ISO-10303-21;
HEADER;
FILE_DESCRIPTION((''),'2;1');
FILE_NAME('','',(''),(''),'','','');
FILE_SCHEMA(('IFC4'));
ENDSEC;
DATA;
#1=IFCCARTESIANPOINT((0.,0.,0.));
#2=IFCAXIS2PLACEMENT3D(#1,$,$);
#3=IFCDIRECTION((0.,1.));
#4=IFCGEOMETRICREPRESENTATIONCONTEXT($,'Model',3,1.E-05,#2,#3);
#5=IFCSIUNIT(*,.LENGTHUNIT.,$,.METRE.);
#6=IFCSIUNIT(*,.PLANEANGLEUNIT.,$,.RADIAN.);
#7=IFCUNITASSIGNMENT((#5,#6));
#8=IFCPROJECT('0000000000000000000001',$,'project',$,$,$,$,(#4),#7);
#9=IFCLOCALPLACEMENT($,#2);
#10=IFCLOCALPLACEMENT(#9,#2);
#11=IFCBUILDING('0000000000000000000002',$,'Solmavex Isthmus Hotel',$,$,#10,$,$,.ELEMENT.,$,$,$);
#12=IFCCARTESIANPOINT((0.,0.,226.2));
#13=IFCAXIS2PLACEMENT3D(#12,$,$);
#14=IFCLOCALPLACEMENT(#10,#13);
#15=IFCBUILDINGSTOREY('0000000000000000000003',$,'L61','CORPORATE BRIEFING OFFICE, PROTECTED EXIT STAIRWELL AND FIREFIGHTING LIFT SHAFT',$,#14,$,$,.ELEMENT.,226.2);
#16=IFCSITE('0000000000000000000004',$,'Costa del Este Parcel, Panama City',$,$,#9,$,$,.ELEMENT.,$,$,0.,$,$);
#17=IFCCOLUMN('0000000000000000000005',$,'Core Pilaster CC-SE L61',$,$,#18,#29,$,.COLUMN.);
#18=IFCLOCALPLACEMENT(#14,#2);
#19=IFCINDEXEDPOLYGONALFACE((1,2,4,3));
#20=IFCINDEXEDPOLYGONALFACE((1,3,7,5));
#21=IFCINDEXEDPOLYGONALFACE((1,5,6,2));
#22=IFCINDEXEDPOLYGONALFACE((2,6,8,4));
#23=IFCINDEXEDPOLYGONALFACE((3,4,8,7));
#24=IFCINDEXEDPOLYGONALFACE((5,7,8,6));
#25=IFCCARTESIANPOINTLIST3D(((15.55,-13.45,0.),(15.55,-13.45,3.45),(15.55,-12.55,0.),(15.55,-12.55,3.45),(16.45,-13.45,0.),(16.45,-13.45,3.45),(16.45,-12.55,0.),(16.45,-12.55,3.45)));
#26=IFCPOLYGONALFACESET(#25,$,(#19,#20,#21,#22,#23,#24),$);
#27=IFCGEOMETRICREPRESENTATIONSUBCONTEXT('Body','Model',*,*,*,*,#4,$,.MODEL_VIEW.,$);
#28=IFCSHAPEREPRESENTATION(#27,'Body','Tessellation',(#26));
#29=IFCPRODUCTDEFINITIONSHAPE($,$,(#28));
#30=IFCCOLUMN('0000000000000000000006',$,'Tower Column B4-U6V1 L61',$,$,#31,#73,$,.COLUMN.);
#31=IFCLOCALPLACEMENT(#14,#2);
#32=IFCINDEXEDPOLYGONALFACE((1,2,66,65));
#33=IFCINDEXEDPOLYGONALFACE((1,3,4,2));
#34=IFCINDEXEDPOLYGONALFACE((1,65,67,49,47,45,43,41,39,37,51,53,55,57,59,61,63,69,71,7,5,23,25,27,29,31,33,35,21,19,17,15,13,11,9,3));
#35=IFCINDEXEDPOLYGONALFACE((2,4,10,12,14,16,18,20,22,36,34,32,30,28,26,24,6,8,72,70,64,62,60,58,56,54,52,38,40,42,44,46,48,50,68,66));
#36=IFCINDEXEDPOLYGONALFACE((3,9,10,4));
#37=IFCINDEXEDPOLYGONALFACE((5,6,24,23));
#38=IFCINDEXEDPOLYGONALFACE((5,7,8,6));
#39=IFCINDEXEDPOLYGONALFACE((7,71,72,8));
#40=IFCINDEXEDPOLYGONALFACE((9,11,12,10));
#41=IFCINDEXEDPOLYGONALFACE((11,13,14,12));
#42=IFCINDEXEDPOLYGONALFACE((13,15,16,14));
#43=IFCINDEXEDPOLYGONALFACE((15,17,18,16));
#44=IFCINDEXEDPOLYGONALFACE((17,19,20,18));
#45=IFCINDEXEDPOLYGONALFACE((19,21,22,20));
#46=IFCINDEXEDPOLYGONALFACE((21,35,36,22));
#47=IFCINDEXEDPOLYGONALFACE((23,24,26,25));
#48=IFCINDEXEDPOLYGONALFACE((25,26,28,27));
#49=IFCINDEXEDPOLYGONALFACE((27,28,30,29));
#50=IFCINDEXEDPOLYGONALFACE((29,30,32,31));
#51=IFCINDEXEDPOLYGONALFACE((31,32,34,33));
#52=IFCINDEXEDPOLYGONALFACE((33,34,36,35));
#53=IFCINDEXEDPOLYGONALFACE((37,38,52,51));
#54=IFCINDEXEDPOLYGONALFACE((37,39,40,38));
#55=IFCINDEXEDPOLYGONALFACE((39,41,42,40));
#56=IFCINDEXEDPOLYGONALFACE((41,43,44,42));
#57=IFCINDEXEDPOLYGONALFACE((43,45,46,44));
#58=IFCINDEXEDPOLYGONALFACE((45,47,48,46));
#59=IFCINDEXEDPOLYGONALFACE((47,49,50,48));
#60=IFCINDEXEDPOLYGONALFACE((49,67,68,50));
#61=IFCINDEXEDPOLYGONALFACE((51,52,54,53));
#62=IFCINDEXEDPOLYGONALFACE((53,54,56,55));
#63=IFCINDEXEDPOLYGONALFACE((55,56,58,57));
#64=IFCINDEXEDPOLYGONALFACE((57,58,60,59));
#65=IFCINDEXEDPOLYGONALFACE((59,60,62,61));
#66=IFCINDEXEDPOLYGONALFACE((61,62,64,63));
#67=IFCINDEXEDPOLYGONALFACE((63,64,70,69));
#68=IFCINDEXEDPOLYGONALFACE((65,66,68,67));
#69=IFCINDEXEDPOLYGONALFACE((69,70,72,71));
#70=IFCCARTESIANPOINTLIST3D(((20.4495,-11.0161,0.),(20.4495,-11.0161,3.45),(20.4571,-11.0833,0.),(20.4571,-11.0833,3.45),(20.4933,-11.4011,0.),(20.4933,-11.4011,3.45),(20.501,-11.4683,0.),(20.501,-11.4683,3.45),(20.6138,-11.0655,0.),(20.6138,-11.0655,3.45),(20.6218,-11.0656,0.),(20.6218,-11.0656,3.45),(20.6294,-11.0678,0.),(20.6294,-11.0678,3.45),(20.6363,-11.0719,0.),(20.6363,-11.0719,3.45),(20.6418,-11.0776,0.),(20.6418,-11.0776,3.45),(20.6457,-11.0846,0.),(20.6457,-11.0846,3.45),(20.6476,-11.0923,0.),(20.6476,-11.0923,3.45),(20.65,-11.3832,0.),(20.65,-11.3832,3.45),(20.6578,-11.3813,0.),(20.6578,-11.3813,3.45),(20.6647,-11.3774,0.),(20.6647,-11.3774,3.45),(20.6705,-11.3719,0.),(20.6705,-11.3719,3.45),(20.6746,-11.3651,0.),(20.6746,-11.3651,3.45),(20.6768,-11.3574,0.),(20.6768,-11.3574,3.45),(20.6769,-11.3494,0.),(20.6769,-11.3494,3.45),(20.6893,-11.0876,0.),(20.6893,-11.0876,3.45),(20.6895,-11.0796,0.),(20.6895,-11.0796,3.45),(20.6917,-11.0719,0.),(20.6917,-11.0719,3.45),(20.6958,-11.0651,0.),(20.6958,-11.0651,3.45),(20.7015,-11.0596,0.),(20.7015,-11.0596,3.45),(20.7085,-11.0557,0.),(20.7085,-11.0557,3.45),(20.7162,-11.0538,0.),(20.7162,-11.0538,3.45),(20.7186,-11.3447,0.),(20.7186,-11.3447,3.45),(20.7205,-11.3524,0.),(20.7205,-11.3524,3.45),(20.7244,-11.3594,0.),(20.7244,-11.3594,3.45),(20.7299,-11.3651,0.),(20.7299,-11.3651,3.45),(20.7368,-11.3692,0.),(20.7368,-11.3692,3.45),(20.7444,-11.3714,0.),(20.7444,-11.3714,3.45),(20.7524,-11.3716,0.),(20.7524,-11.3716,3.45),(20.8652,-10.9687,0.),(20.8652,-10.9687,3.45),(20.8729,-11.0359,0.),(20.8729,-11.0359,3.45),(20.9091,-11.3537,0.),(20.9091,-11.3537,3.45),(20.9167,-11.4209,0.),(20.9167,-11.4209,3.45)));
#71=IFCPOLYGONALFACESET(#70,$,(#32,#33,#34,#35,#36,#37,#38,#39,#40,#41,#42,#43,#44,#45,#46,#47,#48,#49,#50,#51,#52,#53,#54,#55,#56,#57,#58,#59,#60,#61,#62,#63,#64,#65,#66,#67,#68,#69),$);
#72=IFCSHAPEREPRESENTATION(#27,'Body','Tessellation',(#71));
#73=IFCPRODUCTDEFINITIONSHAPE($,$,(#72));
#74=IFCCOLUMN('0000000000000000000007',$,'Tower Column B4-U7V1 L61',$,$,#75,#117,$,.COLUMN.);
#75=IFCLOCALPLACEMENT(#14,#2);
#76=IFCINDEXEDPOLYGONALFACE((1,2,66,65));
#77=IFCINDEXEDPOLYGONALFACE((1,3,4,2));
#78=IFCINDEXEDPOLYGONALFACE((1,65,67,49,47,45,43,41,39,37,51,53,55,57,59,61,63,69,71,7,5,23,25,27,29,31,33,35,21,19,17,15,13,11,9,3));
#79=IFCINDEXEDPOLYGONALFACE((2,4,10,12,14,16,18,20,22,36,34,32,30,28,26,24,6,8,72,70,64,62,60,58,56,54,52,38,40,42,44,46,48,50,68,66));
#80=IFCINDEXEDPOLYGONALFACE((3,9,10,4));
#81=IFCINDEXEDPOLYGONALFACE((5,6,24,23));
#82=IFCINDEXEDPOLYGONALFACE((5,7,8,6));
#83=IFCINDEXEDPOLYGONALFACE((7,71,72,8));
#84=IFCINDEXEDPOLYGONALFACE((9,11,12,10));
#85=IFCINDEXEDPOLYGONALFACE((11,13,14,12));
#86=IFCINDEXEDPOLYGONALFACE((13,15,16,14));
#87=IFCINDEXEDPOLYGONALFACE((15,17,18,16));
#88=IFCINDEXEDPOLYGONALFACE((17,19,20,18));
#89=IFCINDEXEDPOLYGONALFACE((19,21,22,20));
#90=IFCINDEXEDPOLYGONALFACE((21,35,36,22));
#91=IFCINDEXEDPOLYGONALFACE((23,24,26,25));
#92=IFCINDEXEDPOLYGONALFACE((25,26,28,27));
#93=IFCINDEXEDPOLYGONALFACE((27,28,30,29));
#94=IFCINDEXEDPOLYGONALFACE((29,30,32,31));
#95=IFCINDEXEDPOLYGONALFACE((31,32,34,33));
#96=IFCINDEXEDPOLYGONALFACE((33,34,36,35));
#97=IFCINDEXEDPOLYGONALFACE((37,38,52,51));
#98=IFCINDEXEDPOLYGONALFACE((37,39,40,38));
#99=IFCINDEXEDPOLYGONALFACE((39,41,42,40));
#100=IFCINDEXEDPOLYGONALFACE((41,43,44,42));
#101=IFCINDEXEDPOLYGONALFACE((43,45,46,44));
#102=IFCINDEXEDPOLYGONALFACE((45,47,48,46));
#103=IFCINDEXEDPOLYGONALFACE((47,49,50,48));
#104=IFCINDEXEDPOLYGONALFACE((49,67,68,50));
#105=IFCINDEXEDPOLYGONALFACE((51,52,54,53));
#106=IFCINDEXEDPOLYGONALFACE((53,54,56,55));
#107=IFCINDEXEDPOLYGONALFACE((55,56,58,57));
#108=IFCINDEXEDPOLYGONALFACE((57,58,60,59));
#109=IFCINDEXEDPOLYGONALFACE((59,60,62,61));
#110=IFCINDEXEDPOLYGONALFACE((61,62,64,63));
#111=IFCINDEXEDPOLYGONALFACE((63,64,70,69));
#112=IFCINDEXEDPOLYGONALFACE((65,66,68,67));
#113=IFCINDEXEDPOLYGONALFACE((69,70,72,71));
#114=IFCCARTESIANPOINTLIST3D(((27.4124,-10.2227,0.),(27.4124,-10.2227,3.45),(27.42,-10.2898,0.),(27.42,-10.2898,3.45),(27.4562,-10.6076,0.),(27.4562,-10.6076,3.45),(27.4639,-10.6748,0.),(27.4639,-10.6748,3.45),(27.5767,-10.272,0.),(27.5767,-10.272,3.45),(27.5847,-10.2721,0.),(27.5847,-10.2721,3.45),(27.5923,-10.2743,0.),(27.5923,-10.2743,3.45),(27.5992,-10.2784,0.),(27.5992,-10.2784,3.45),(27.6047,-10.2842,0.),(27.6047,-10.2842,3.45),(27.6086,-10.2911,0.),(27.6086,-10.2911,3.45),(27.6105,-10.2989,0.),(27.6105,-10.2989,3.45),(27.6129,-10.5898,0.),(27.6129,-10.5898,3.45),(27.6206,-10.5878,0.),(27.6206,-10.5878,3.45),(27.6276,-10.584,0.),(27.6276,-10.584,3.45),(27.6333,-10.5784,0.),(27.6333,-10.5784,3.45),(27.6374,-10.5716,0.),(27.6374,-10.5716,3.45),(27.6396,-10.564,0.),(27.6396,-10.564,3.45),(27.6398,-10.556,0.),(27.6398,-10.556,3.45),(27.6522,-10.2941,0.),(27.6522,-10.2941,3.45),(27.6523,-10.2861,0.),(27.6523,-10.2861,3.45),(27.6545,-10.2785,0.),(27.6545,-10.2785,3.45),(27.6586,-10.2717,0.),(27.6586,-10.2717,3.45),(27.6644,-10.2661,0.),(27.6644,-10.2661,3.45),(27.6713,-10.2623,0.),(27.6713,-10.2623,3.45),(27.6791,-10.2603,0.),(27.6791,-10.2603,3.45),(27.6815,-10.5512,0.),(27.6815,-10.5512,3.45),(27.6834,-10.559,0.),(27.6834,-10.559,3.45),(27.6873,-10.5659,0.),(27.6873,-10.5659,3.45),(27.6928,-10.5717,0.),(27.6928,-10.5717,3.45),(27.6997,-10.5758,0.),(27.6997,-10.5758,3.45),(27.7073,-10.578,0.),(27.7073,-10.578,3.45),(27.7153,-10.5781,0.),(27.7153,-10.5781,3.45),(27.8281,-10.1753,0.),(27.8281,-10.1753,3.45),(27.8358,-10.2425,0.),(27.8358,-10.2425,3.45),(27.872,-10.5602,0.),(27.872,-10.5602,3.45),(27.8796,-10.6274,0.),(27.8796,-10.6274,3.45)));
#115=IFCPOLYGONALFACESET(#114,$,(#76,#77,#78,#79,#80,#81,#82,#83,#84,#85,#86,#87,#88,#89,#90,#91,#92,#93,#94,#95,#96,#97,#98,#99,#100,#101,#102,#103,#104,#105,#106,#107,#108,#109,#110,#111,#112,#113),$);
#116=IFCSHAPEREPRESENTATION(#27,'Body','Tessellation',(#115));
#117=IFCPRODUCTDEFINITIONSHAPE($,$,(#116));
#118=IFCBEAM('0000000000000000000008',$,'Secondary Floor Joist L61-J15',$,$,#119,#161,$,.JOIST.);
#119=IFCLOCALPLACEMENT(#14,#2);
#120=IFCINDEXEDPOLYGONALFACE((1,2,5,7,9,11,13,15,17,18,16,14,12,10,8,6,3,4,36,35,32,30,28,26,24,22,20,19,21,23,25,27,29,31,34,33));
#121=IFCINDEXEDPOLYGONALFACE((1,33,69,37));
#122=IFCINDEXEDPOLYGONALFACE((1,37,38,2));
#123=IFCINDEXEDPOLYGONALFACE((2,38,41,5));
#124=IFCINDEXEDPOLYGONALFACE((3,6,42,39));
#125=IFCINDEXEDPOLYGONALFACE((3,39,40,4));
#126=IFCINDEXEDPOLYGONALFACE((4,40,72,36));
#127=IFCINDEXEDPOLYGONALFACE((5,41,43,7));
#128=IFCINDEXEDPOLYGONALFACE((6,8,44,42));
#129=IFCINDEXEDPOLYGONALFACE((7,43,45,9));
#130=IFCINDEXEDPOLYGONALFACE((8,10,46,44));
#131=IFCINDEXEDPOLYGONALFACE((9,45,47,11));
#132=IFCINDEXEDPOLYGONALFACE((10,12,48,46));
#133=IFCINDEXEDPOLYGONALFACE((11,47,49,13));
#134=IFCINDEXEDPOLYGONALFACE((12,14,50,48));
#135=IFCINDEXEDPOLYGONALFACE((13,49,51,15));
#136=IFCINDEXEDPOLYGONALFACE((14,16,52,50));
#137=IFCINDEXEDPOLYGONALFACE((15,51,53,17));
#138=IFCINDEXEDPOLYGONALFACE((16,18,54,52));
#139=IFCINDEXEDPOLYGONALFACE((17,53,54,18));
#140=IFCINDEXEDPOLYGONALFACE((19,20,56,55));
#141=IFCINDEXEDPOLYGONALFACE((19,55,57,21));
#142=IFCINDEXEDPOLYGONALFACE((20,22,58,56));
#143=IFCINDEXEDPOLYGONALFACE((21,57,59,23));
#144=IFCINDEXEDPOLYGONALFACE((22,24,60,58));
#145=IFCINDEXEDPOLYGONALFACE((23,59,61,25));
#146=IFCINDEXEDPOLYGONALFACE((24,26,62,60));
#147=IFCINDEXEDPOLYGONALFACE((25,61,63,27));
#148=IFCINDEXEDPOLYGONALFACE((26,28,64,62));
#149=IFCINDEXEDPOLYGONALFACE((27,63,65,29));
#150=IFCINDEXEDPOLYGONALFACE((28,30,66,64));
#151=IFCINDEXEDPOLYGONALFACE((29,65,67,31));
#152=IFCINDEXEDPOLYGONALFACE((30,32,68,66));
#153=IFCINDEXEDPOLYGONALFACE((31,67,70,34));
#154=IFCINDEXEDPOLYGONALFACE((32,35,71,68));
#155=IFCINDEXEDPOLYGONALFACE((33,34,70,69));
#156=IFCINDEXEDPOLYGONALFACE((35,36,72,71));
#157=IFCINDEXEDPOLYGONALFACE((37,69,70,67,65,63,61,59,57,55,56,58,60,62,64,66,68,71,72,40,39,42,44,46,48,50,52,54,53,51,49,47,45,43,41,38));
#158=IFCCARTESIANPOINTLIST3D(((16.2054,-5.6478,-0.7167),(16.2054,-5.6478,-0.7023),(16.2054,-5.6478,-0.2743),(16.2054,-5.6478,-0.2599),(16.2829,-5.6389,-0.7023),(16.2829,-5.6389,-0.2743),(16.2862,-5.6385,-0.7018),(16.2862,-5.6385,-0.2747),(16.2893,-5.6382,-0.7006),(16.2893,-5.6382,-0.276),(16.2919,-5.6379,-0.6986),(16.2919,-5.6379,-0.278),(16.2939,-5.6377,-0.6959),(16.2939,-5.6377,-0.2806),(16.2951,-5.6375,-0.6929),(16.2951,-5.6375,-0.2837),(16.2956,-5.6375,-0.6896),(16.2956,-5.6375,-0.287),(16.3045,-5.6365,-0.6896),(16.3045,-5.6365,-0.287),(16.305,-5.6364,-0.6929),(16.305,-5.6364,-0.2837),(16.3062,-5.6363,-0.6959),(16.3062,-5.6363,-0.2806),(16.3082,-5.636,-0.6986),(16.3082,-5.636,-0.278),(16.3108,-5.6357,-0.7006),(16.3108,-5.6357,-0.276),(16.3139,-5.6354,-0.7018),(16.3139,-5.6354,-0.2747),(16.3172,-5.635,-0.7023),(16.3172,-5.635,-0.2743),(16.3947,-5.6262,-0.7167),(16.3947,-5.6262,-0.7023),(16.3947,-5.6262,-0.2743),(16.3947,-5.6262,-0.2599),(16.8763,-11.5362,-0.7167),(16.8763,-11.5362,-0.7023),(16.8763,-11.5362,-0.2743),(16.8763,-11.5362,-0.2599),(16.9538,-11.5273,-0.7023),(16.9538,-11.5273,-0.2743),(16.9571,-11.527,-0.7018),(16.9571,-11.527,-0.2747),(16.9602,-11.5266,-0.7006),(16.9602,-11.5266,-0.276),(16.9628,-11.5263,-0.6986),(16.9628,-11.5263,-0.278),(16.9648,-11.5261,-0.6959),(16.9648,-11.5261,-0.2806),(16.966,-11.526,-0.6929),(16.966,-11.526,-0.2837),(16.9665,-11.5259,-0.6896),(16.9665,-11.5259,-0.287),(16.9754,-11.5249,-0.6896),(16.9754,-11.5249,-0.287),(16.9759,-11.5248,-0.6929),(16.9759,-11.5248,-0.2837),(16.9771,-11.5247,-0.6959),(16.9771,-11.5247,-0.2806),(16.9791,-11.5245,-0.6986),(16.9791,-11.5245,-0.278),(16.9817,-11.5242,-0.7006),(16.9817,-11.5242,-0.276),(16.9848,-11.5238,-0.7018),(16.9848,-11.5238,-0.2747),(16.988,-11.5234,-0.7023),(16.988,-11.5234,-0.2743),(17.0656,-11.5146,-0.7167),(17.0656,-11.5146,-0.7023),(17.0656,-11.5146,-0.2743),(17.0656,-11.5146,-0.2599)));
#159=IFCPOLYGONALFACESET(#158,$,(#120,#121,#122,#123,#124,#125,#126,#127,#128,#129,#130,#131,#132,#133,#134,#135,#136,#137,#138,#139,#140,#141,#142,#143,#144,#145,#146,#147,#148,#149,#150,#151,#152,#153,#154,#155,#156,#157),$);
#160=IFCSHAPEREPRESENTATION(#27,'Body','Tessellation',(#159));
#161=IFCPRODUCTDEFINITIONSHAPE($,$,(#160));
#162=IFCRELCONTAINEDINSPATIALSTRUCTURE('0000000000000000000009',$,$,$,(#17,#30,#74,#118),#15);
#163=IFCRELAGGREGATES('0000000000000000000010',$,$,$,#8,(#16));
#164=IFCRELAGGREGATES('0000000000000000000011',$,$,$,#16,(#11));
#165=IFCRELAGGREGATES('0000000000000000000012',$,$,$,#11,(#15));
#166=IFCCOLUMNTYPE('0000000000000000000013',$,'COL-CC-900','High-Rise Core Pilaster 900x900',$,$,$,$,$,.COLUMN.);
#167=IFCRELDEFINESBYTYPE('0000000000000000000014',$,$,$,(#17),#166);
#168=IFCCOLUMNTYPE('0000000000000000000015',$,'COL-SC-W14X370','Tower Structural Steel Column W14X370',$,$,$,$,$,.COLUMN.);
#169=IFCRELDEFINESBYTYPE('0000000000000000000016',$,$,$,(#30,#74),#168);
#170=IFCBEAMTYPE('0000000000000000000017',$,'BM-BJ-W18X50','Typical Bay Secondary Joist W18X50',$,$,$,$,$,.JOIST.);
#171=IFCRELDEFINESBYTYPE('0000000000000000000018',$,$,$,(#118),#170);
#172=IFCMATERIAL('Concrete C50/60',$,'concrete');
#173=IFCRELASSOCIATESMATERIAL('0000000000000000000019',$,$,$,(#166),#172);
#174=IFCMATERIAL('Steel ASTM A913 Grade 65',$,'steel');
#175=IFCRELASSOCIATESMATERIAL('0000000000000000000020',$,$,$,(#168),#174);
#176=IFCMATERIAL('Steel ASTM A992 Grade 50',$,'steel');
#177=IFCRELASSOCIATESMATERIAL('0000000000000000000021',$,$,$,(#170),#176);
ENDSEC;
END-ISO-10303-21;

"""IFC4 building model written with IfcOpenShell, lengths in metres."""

from ifc_helpers import new_model, si_unit, direction, frame, origin, origin_2d, place, context, subcontext, project, spatial, rectangle, i_section, extrude, material, material_profile, profile_set, type_object, element, save


model = new_model("IFC4")

# Units and contexts
model_context = context("Model", 3, precision=1e-05, world=origin(), true_north=direction((0.0, 1.0)))
body_context = subcontext(model_context, "Body", "Model", "MODEL_VIEW")
ifc_project = project(units=[si_unit("LENGTHUNIT", "METRE"), si_unit("PLANEANGLEUNIT", "RADIAN")], contexts=[model_context])

# Site, building, storey
site_placement = place(None, origin())
site = spatial("IfcSite", under=ifc_project, at=site_placement, Name="Costa del Este Parcel, Panama City", CompositionType="ELEMENT", RefElevation=0.0)
building_placement = place(site_placement, origin())
building = spatial("IfcBuilding", under=site, at=building_placement, Name="Solmavex Isthmus Hotel", CompositionType="ELEMENT")
storey_placement = place(building_placement, frame((0.0, 0.0, 226.2)))
storey = spatial("IfcBuildingStorey", under=building, at=storey_placement, Name="L61", Description="CORPORATE BRIEFING OFFICE, PROTECTED EXIT STAIRWELL AND FIREFIGHTING LIFT SHAFT", CompositionType="ELEMENT", Elevation=226.2)

# Columns
ifc_material_1 = material(Name="Concrete C50/60", Category="concrete")
ifc_material_profile_1 = material_profile(ifc_material_1, rectangle(XDim=0.8999, YDim=0.8999, at=origin_2d()), Name="RC900X900")
ifc_profile_set_1 = profile_set([ifc_material_profile_1], Name="Concrete C50/60")
column_type_1 = type_object("IfcColumnType", Name="COL-CC-900", Description="High-Rise Core Pilaster 900x900", PredefinedType="COLUMN", material=ifc_profile_set_1)
column_placement = place(storey_placement, frame((16.0, -13.0, 0.0), z_axis=(0.0, 0.0, 1.0), x_axis=(1.0, 0.0, 0.0)))
element("IfcColumn", 1, at=column_placement, inside=storey, type_object=column_type_1, Name="Core Pilaster CC-SE L61", PredefinedType="COLUMN", context=body_context, shape_type="SweptSolid", body=[
    extrude(rectangle(XDim=0.8999, YDim=0.8999, at=origin_2d()), origin(), (0.0, 0.0, 1.0), 3.45),
])
ifc_material_2 = material(Name="Steel ASTM A913 Grade 65", Category="steel")
ifc_material_profile_2 = material_profile(ifc_material_2, i_section(OverallWidth=0.4185, OverallDepth=0.4551, WebThickness=0.042, FlangeThickness=0.0676, FilletRadius=0.0305, at=origin_2d()), Name="W14X370")
ifc_profile_set_2 = profile_set([ifc_material_profile_2], Name="Steel ASTM A913 Grade 65")
column_type_2 = type_object("IfcColumnType", Name="COL-SC-W14X370", Description="Tower Structural Steel Column W14X370", PredefinedType="COLUMN", material=ifc_profile_set_2)
for number, where, z_axis, x_axis, name in (
    (2, (20.6831, -11.2185, 0.0), (0.0, 0.0, 1.0), (0.993572, 0.113203, 0.0), "Tower Column B4-U6V1 L61"),
    (3, (27.646, -10.425, 0.0), (0.0, 0.0, 1.0), (0.993572, 0.113203, 0.0), "Tower Column B4-U7V1 L61"),
):
    element("IfcColumn", number, at=place(storey_placement, frame(where, z_axis=z_axis, x_axis=x_axis)), inside=storey, type_object=column_type_2, Name=name, PredefinedType="COLUMN", context=body_context, shape_type="SweptSolid", body=[
        extrude(i_section(OverallWidth=0.4185, OverallDepth=0.4551, WebThickness=0.042, FlangeThickness=0.0676, FilletRadius=0.0305, at=origin_2d()), origin(), (0.0, 0.0, 1.0), 3.45),
    ])

# Beam
ifc_material_3 = material(Name="Steel ASTM A992 Grade 50", Category="steel")
ifc_material_profile_3 = material_profile(ifc_material_3, i_section(OverallWidth=0.1904, OverallDepth=0.4568, WebThickness=0.009, FlangeThickness=0.0144, FilletRadius=0.0127, at=origin_2d()), Name="W18X50")
ifc_profile_set_3 = profile_set([ifc_material_profile_3], Name="Steel ASTM A992 Grade 50")
beam_type_1 = type_object("IfcBeamType", Name="BM-BJ-W18X50", Description="Typical Bay Secondary Joist W18X50", PredefinedType="JOIST", material=ifc_profile_set_3)
beam_1_placement = place(storey_placement, frame((16.9709, -11.5254, -0.4883), z_axis=(-0.113203, 0.993572, 0.0), x_axis=(-0.993572, -0.113203, 0.0)))
element("IfcBeam", 4, at=beam_1_placement, inside=storey, type_object=beam_type_1, Name="Secondary Floor Joist L61-J15", PredefinedType="JOIST", context=body_context, shape_type="SweptSolid", body=[
    extrude(i_section(OverallWidth=0.1904, OverallDepth=0.4568, WebThickness=0.009, FlangeThickness=0.0144, FilletRadius=0.0127, at=origin_2d()), origin(), (0.0, 0.0, 1.0), 5.9265),
])

save(model, "model.ifc")
